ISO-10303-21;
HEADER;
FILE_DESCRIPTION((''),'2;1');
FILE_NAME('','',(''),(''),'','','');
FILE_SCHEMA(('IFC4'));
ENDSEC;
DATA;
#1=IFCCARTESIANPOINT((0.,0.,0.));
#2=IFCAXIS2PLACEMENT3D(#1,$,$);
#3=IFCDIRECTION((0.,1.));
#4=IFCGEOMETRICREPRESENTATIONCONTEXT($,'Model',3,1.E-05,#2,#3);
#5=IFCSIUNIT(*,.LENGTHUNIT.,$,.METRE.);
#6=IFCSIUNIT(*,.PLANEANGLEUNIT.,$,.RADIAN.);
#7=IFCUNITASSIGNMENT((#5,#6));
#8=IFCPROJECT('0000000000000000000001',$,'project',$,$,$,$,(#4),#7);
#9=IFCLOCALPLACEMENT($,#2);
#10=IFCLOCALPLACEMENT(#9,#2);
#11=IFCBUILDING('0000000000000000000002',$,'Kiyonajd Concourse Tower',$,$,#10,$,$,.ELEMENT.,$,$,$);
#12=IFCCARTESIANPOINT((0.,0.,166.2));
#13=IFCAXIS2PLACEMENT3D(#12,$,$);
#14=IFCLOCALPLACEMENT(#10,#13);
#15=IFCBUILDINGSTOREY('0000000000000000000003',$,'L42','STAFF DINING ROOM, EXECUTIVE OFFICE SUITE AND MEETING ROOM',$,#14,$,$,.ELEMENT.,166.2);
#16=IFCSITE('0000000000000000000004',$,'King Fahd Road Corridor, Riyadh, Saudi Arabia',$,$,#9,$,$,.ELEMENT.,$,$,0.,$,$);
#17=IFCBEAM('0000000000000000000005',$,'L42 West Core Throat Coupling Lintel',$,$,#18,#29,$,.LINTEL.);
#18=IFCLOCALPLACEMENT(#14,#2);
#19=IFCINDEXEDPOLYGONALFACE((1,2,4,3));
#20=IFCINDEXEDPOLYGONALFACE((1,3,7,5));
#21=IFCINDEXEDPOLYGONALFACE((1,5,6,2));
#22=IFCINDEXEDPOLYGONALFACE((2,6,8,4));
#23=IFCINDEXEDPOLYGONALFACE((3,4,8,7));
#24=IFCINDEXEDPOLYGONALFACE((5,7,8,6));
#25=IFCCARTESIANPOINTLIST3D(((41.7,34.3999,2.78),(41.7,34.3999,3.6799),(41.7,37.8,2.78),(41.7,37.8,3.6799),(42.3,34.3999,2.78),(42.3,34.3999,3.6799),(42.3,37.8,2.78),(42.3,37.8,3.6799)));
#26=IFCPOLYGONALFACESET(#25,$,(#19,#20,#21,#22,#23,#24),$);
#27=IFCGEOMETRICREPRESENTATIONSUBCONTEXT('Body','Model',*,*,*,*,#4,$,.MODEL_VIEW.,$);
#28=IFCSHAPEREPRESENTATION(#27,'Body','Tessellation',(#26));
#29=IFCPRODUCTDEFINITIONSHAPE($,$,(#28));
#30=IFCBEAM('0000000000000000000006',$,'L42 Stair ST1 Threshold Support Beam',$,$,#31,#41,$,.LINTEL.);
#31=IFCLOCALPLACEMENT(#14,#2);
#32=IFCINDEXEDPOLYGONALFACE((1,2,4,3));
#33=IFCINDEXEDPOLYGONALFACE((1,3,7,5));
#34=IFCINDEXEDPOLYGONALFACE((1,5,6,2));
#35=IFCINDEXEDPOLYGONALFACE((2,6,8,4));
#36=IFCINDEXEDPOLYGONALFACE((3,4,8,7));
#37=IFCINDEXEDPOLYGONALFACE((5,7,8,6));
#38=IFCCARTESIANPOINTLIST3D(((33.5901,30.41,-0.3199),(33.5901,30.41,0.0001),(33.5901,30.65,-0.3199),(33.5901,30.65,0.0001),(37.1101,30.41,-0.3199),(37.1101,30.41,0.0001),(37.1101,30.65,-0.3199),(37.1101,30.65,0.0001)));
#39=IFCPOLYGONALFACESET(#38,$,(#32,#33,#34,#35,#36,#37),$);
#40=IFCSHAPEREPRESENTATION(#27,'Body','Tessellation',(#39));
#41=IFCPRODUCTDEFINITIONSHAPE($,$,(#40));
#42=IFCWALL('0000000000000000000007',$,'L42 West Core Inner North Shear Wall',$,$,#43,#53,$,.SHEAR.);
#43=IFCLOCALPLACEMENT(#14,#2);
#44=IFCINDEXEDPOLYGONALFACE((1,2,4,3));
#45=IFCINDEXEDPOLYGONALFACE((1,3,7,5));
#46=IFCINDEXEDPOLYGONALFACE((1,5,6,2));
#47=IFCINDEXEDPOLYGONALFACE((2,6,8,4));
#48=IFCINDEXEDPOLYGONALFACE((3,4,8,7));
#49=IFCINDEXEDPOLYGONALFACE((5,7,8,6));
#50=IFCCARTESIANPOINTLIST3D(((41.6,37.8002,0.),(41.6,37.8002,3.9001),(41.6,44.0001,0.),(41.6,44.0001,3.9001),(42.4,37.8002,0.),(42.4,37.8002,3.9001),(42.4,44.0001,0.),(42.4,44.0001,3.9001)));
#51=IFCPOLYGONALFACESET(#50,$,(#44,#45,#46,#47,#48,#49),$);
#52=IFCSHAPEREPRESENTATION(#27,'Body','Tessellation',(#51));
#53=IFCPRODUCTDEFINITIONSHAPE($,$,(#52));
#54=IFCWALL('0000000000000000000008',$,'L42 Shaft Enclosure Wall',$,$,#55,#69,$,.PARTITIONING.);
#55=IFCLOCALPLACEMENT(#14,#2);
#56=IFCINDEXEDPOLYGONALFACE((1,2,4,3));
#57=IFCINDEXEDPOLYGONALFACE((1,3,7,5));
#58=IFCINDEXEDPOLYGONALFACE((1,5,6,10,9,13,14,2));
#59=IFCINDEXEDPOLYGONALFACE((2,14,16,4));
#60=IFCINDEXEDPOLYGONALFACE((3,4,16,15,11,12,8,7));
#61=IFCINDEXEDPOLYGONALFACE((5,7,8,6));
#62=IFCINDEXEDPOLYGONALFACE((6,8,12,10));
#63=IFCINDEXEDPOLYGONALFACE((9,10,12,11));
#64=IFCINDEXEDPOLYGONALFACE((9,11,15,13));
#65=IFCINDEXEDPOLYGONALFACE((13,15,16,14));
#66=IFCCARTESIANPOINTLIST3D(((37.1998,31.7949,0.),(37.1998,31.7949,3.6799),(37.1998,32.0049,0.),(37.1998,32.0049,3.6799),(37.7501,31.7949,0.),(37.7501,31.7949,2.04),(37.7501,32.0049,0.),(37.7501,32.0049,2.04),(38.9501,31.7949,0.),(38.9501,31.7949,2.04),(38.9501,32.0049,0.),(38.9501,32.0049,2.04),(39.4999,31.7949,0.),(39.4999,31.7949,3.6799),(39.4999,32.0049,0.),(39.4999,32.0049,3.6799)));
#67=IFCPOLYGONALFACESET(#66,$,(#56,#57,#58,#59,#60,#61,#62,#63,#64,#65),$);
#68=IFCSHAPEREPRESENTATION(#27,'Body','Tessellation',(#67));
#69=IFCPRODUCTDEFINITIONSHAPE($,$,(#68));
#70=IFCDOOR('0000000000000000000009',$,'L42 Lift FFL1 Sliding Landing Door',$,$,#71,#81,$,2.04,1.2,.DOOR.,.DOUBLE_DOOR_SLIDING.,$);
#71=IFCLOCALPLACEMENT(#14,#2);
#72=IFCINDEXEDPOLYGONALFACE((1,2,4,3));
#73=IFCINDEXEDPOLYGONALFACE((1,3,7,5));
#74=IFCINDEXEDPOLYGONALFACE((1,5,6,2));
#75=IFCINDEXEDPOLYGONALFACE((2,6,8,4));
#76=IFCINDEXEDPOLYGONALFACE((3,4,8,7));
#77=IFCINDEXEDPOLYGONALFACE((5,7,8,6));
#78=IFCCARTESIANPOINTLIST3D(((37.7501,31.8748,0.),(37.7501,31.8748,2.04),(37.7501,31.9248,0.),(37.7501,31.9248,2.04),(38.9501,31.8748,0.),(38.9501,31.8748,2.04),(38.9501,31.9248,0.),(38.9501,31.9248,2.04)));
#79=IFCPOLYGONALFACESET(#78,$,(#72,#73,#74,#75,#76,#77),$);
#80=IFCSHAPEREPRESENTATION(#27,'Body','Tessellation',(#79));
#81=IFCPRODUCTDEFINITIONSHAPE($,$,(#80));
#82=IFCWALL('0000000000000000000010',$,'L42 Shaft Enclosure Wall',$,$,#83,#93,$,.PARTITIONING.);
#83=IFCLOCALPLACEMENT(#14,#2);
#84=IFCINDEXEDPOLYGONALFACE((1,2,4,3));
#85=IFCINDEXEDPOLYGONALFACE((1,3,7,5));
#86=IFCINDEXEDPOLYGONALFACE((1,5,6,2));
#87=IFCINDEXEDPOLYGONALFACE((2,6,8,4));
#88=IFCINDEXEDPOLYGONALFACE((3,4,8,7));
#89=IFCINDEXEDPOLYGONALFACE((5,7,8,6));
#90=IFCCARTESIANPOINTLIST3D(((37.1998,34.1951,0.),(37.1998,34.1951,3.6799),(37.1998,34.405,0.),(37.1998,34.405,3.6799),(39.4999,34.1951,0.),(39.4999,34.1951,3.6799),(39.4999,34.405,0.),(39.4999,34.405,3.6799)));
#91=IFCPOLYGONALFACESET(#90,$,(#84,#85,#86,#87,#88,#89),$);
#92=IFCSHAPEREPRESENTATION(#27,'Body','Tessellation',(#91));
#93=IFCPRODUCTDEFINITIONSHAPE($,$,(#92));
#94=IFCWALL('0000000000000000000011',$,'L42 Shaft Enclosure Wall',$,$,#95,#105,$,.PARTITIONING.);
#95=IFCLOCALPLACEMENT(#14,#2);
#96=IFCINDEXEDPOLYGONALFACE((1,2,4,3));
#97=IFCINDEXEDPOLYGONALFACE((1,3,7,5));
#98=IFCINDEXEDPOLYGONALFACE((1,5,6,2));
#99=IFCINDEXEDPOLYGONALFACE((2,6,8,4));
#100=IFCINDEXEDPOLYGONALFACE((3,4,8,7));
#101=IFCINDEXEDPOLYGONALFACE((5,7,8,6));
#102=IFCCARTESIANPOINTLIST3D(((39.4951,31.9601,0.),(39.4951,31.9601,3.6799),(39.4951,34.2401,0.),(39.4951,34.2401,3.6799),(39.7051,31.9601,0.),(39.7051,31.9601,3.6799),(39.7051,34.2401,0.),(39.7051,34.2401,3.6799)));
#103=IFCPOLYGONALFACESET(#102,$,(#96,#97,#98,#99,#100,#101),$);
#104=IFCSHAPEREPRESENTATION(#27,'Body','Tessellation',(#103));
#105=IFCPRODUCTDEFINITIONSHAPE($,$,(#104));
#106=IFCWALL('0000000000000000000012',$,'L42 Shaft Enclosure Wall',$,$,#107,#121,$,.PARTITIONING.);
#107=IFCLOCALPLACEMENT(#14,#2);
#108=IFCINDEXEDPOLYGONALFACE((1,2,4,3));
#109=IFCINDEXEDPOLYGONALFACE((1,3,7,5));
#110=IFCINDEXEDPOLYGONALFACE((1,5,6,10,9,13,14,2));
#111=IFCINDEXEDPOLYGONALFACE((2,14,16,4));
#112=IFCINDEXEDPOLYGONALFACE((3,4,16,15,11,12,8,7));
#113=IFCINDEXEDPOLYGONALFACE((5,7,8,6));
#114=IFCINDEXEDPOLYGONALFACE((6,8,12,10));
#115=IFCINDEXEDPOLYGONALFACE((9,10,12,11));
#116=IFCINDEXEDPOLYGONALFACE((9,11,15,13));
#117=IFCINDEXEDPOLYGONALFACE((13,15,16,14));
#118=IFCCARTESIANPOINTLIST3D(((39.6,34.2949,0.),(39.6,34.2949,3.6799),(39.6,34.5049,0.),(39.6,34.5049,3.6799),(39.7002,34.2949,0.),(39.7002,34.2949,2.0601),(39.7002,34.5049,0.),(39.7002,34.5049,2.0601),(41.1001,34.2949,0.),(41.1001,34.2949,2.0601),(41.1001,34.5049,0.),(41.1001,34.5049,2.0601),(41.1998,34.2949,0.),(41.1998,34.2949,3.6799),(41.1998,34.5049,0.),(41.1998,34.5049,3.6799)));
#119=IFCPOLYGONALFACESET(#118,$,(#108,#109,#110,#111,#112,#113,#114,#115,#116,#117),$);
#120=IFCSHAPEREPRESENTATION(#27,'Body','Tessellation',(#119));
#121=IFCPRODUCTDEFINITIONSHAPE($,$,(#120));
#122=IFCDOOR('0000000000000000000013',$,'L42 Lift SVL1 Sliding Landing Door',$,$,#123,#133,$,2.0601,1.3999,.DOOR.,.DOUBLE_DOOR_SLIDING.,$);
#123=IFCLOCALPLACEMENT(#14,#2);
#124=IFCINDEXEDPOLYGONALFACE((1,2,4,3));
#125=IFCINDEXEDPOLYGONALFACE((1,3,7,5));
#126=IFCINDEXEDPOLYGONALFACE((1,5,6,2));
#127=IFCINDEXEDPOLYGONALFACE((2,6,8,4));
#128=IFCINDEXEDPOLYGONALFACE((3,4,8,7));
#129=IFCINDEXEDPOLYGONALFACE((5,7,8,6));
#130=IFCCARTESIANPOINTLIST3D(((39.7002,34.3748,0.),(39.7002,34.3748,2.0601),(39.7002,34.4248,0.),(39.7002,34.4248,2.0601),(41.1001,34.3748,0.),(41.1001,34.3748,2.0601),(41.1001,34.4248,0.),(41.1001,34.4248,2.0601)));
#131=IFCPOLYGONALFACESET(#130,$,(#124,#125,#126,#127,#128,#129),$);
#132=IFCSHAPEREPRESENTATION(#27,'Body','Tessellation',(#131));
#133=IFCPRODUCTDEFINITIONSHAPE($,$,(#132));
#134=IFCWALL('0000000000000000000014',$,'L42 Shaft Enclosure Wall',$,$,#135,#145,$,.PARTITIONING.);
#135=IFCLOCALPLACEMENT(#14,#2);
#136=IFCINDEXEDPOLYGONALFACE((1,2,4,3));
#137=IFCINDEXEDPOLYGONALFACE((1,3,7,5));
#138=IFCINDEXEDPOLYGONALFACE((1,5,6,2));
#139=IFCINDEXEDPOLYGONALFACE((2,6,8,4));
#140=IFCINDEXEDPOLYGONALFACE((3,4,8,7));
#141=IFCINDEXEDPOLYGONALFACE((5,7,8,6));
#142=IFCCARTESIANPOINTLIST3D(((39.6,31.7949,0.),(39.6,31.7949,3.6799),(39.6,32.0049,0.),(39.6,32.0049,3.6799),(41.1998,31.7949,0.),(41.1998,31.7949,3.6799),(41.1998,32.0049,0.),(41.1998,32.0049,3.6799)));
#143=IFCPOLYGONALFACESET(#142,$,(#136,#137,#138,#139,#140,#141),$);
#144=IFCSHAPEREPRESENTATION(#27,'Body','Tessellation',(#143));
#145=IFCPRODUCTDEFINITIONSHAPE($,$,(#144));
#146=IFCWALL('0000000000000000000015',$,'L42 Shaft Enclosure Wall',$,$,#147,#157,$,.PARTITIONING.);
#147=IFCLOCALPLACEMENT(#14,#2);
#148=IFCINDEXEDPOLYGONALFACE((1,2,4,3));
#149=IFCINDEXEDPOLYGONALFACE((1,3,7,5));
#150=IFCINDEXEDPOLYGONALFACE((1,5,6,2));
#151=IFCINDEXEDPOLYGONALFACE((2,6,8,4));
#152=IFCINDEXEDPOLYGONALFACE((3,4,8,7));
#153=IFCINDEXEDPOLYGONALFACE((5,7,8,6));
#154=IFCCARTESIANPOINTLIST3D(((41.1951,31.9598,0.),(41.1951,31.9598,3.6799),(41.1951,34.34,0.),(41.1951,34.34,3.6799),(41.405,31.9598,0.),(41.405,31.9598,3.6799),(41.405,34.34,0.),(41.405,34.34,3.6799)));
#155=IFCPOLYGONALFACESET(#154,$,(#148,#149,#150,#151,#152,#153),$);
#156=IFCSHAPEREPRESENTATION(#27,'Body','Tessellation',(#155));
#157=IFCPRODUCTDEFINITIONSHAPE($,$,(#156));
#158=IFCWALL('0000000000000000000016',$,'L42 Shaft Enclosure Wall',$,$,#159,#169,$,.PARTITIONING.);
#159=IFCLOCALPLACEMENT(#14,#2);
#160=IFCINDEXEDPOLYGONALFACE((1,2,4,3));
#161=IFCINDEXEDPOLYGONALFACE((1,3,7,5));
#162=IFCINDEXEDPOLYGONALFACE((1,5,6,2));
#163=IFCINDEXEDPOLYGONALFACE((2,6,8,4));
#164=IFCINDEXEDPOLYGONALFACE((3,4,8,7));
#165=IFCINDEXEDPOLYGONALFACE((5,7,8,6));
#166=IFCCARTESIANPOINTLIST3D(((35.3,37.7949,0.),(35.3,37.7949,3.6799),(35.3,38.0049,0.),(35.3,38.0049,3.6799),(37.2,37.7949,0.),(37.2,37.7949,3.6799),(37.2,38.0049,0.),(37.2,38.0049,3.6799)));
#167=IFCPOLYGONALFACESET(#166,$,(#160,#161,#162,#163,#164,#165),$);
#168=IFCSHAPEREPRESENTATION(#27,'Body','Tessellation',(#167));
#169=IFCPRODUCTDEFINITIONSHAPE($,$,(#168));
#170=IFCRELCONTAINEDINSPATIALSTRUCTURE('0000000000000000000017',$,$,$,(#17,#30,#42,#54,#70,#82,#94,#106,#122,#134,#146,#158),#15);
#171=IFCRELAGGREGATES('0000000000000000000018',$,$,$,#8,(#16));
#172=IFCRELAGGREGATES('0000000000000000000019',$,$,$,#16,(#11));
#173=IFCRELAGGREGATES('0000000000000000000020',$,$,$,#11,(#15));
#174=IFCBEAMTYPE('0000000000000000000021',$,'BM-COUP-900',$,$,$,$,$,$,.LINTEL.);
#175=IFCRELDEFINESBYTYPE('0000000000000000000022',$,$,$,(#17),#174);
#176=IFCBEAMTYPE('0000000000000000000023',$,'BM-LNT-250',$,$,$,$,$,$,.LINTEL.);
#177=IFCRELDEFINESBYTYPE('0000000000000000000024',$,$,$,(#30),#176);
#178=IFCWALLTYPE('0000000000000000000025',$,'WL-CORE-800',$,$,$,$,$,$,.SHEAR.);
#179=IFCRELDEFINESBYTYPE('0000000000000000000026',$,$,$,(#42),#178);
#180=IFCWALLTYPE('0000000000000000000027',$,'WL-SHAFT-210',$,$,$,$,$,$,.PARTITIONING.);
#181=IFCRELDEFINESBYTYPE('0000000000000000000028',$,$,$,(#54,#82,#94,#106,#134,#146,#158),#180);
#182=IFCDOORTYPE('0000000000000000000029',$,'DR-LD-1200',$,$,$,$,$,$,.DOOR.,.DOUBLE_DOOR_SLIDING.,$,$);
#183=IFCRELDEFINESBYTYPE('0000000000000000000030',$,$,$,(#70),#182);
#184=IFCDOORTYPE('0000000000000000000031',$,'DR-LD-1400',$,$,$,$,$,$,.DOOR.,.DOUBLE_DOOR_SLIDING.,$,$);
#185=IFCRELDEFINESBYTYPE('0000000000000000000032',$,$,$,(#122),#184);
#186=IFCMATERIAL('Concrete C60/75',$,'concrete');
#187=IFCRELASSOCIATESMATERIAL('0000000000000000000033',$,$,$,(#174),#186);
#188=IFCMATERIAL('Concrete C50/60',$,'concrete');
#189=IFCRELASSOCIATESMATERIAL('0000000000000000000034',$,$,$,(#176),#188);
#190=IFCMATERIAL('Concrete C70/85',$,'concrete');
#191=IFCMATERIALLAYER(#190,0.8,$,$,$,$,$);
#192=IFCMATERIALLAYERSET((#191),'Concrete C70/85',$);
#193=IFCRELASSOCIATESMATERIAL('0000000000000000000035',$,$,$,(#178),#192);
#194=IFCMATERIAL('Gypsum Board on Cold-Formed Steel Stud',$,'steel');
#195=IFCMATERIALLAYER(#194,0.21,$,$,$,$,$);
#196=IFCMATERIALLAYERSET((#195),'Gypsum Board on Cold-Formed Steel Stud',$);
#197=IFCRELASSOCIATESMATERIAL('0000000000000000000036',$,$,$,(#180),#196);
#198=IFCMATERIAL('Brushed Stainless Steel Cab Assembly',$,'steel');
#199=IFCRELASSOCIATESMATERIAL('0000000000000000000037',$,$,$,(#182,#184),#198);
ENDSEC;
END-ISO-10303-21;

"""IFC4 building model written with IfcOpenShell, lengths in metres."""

from ifc_helpers import new_model, si_unit, direction, frame, frame_2d, origin, origin_2d, place, context, subcontext, project, spatial, rectangle, extrude, material, layer, layer_set, material_profile, profile_set, type_object, element, fill, save


model = new_model("IFC4")

# Units and contexts
model_context = context("Model", 3, precision=1e-05, world=origin(), true_north=direction((0.0, 1.0)))
body_context = subcontext(model_context, "Body", "Model", "MODEL_VIEW")
ifc_project = project(units=[si_unit("LENGTHUNIT", "METRE"), si_unit("PLANEANGLEUNIT", "RADIAN")], contexts=[model_context])

# Site, building, storey
site_placement = place(None, origin())
site = spatial("IfcSite", under=ifc_project, at=site_placement, Name="King Fahd Road Corridor, Riyadh, Saudi Arabia", CompositionType="ELEMENT", RefElevation=0.0)
building_placement = place(site_placement, origin())
building = spatial("IfcBuilding", under=site, at=building_placement, Name="Kiyonajd Concourse Tower", CompositionType="ELEMENT")
storey_placement = place(building_placement, frame((0.0, 0.0, 166.2)))
storey = spatial("IfcBuildingStorey", under=building, at=storey_placement, Name="L42", Description="STAFF DINING ROOM, EXECUTIVE OFFICE SUITE AND MEETING ROOM", CompositionType="ELEMENT", Elevation=166.2)

# Beams
ifc_material_1 = material(Name="Concrete C60/75", Category="concrete")
ifc_material_profile_1 = material_profile(ifc_material_1, rectangle(XDim=0.6001, YDim=0.8999, at=origin_2d()), Name="RCBM-600x900")
ifc_profile_set_1 = profile_set([ifc_material_profile_1], Name="Concrete C60/75")
beam_type_1 = type_object("IfcBeamType", Name="BM-COUP-900", PredefinedType="LINTEL", material=ifc_profile_set_1)
beam_1_placement = place(storey_placement, frame((42.0, 34.3999, 3.23), z_axis=(0.0, 1.0, 0.0), x_axis=(-1.0, 0.0, 0.0)))
element("IfcBeam", 1, at=beam_1_placement, inside=storey, type_object=beam_type_1, Name="L42 West Core Throat Coupling Lintel", PredefinedType="LINTEL", context=body_context, shape_type="SweptSolid", body=[
    extrude(rectangle(XDim=0.6001, YDim=0.8999, at=origin_2d()), origin(), (0.0, 0.0, 1.0), 3.4001),
])
ifc_material_2 = material(Name="Concrete C50/60", Category="concrete")
ifc_material_profile_2 = material_profile(ifc_material_2, rectangle(XDim=0.24, YDim=0.3201, at=origin_2d()), Name="RCBM-240x320")
ifc_profile_set_2 = profile_set([ifc_material_profile_2], Name="Concrete C50/60")
beam_type_2 = type_object("IfcBeamType", Name="BM-LNT-250", PredefinedType="LINTEL", material=ifc_profile_set_2)
beam_2_placement = place(storey_placement, frame((33.5901, 30.53, -0.1599), z_axis=(1.0, 0.0, 0.0), x_axis=(0.0, 1.0, 0.0)))
element("IfcBeam", 2, at=beam_2_placement, inside=storey, type_object=beam_type_2, Name="L42 Stair ST1 Threshold Support Beam", PredefinedType="LINTEL", context=body_context, shape_type="SweptSolid", body=[
    extrude(rectangle(XDim=0.24, YDim=0.3201, at=origin_2d()), origin(), (0.0, 0.0, 1.0), 3.52),
])

# Wall
ifc_material_3 = material(Name="Concrete C70/85", Category="concrete")
ifc_layer_1 = layer(ifc_material_3, 0.8)
ifc_layer_set_1 = layer_set([ifc_layer_1], Name="Concrete C70/85")
wall_type_1 = type_object("IfcWallType", Name="WL-CORE-800", PredefinedType="SHEAR", material=ifc_layer_set_1)
wall_1_placement = place(storey_placement, frame((42.0, 37.8, 0.0), z_axis=(0.0, 0.0, 1.0), x_axis=(0.0, 1.0, 0.0)))
element("IfcWall", 3, at=wall_1_placement, inside=storey, type_object=wall_type_1, Name="L42 West Core Inner North Shear Wall", PredefinedType="SHEAR", context=body_context, shape_type="SweptSolid", body=[
    extrude(rectangle(XDim=6.2, YDim=0.8, at=frame_2d((3.1001, 0.0))), origin(), (0.0, 0.0, 1.0), 3.9001),
])

# Wall, opening, door
ifc_material_4 = material(Name="Gypsum Board on Cold-Formed Steel Stud", Category="steel")
ifc_layer_2 = layer(ifc_material_4, 0.21)
ifc_layer_set_2 = layer_set([ifc_layer_2], Name="Gypsum Board on Cold-Formed Steel Stud")
wall_type_2 = type_object("IfcWallType", Name="WL-SHAFT-210", PredefinedType="PARTITIONING", material=ifc_layer_set_2)
wall_2_placement = place(storey_placement, frame((37.2, 31.8999, 0.0), z_axis=(0.0, 0.0, 1.0), x_axis=(1.0, 0.0, 0.0)))
wall_2 = element("IfcWall", 4, at=wall_2_placement, inside=storey, type_object=wall_type_2, Name="L42 Shaft Enclosure Wall", PredefinedType="PARTITIONING", context=body_context, shape_type="SweptSolid", body=[
    extrude(rectangle(XDim=2.3, YDim=0.21, at=frame_2d((1.1499, 0.0))), origin(), (0.0, 0.0, 1.0), 3.6799),
])
opening_1_placement = place(wall_2_placement, frame((0.55, 0.0, 0.0)))
opening_1 = element("IfcOpeningElement", 5, at=opening_1_placement, cuts=wall_2, PredefinedType="OPENING", context=body_context, shape_type="SweptSolid", body=[
    extrude(rectangle(XDim=1.2, YDim=2.04, at=frame_2d((0.6001, 1.02))), frame((0.0, 0.115, 0.0), z_axis=(0.0, -1.0, 0.0), x_axis=(1.0, 0.0, 0.0)), (0.0, 0.0, 1.0), 0.23),
])
ifc_material_5 = material(Name="Brushed Stainless Steel Cab Assembly", Category="steel")
door_type_1 = type_object("IfcDoorType", Name="DR-LD-1200", OperationType="DOUBLE_DOOR_SLIDING", PredefinedType="DOOR", material=ifc_material_5)
door_1_placement = place(opening_1_placement, origin())
door_1 = element("IfcDoor", 6, at=door_1_placement, inside=storey, type_object=door_type_1, Name="L42 Lift FFL1 Sliding Landing Door", OperationType="DOUBLE_DOOR_SLIDING", OverallHeight=2.04, OverallWidth=1.2, PredefinedType="DOOR", context=body_context, shape_type="SweptSolid", body=[
    extrude(rectangle(XDim=1.2, YDim=2.04, at=frame_2d((0.6001, 1.02))), frame((0.0, 0.0249, 0.0), z_axis=(0.0, -1.0, 0.0), x_axis=(1.0, 0.0, 0.0)), (0.0, 0.0, 1.0), 0.05),
])
fill(opening_1, door_1)

# Walls
wall_3_placement = place(storey_placement, frame((37.2, 34.3, 0.0), z_axis=(0.0, 0.0, 1.0), x_axis=(1.0, 0.0, 0.0)))
element("IfcWall", 7, at=wall_3_placement, inside=storey, type_object=wall_type_2, Name="L42 Shaft Enclosure Wall", PredefinedType="PARTITIONING", context=body_context, shape_type="SweptSolid", body=[
    extrude(rectangle(XDim=2.3, YDim=0.21, at=frame_2d((1.1499, 0.0))), origin(), (0.0, 0.0, 1.0), 3.6799),
])
wall_4_placement = place(storey_placement, frame((39.6001, 31.96, 0.0), z_axis=(0.0, 0.0, 1.0), x_axis=(0.0, 1.0, 0.0)))
element("IfcWall", 8, at=wall_4_placement, inside=storey, type_object=wall_type_2, Name="L42 Shaft Enclosure Wall", PredefinedType="PARTITIONING", context=body_context, shape_type="SweptSolid", body=[
    extrude(rectangle(XDim=2.28, YDim=0.21, at=frame_2d((1.1401, 0.0))), origin(), (0.0, 0.0, 1.0), 3.6799),
])

# Wall, opening, door
wall_5_placement = place(storey_placement, frame((39.6001, 34.3999, 0.0), z_axis=(0.0, 0.0, 1.0), x_axis=(1.0, 0.0, 0.0)))
wall_5 = element("IfcWall", 9, at=wall_5_placement, inside=storey, type_object=wall_type_2, Name="L42 Shaft Enclosure Wall", PredefinedType="PARTITIONING", context=body_context, shape_type="SweptSolid", body=[
    extrude(rectangle(XDim=1.5999, YDim=0.21, at=frame_2d((0.7998, 0.0))), origin(), (0.0, 0.0, 1.0), 3.6799),
])
opening_2_placement = place(wall_5_placement, frame((0.1001, 0.0, 0.0)))
opening_2 = element("IfcOpeningElement", 10, at=opening_2_placement, cuts=wall_5, PredefinedType="OPENING", context=body_context, shape_type="SweptSolid", body=[
    extrude(rectangle(XDim=1.3999, YDim=2.0601, at=frame_2d((0.7, 1.03))), frame((0.0, 0.115, 0.0), z_axis=(0.0, -1.0, 0.0), x_axis=(1.0, 0.0, 0.0)), (0.0, 0.0, 1.0), 0.23),
])
door_type_2 = type_object("IfcDoorType", Name="DR-LD-1400", OperationType="DOUBLE_DOOR_SLIDING", PredefinedType="DOOR", material=ifc_material_5)
door_2_placement = place(opening_2_placement, origin())
door_2 = element("IfcDoor", 11, at=door_2_placement, inside=storey, type_object=door_type_2, Name="L42 Lift SVL1 Sliding Landing Door", OperationType="DOUBLE_DOOR_SLIDING", OverallHeight=2.0601, OverallWidth=1.3999, PredefinedType="DOOR", context=body_context, shape_type="SweptSolid", body=[
    extrude(rectangle(XDim=1.3999, YDim=2.0601, at=frame_2d((0.7, 1.03))), frame((0.0, 0.0249, 0.0), z_axis=(0.0, -1.0, 0.0), x_axis=(1.0, 0.0, 0.0)), (0.0, 0.0, 1.0), 0.05),
])
fill(opening_2, door_2)

# Walls
wall_6_placement = place(storey_placement, frame((39.6001, 31.8999, 0.0), z_axis=(0.0, 0.0, 1.0), x_axis=(1.0, 0.0, 0.0)))
element("IfcWall", 12, at=wall_6_placement, inside=storey, type_object=wall_type_2, Name="L42 Shaft Enclosure Wall", PredefinedType="PARTITIONING", context=body_context, shape_type="SweptSolid", body=[
    extrude(rectangle(XDim=1.5999, YDim=0.21, at=frame_2d((0.7998, 0.0))), origin(), (0.0, 0.0, 1.0), 3.6799),
])
wall_7_placement = place(storey_placement, frame((41.3, 31.96, 0.0), z_axis=(0.0, 0.0, 1.0), x_axis=(0.0, 1.0, 0.0)))
element("IfcWall", 13, at=wall_7_placement, inside=storey, type_object=wall_type_2, Name="L42 Shaft Enclosure Wall", PredefinedType="PARTITIONING", context=body_context, shape_type="SweptSolid", body=[
    extrude(rectangle(XDim=2.3801, YDim=0.21, at=frame_2d((1.1899, 0.0))), origin(), (0.0, 0.0, 1.0), 3.6799),
])
wall_8_placement = place(storey_placement, frame((35.3, 37.8999, 0.0), z_axis=(0.0, 0.0, 1.0), x_axis=(1.0, 0.0, 0.0)))
element("IfcWall", 14, at=wall_8_placement, inside=storey, type_object=wall_type_2, Name="L42 Shaft Enclosure Wall", PredefinedType="PARTITIONING", context=body_context, shape_type="SweptSolid", body=[
    extrude(rectangle(XDim=1.8999, YDim=0.21, at=frame_2d((0.95, 0.0))), origin(), (0.0, 0.0, 1.0), 3.6799),
])

save(model, "model.ifc")
